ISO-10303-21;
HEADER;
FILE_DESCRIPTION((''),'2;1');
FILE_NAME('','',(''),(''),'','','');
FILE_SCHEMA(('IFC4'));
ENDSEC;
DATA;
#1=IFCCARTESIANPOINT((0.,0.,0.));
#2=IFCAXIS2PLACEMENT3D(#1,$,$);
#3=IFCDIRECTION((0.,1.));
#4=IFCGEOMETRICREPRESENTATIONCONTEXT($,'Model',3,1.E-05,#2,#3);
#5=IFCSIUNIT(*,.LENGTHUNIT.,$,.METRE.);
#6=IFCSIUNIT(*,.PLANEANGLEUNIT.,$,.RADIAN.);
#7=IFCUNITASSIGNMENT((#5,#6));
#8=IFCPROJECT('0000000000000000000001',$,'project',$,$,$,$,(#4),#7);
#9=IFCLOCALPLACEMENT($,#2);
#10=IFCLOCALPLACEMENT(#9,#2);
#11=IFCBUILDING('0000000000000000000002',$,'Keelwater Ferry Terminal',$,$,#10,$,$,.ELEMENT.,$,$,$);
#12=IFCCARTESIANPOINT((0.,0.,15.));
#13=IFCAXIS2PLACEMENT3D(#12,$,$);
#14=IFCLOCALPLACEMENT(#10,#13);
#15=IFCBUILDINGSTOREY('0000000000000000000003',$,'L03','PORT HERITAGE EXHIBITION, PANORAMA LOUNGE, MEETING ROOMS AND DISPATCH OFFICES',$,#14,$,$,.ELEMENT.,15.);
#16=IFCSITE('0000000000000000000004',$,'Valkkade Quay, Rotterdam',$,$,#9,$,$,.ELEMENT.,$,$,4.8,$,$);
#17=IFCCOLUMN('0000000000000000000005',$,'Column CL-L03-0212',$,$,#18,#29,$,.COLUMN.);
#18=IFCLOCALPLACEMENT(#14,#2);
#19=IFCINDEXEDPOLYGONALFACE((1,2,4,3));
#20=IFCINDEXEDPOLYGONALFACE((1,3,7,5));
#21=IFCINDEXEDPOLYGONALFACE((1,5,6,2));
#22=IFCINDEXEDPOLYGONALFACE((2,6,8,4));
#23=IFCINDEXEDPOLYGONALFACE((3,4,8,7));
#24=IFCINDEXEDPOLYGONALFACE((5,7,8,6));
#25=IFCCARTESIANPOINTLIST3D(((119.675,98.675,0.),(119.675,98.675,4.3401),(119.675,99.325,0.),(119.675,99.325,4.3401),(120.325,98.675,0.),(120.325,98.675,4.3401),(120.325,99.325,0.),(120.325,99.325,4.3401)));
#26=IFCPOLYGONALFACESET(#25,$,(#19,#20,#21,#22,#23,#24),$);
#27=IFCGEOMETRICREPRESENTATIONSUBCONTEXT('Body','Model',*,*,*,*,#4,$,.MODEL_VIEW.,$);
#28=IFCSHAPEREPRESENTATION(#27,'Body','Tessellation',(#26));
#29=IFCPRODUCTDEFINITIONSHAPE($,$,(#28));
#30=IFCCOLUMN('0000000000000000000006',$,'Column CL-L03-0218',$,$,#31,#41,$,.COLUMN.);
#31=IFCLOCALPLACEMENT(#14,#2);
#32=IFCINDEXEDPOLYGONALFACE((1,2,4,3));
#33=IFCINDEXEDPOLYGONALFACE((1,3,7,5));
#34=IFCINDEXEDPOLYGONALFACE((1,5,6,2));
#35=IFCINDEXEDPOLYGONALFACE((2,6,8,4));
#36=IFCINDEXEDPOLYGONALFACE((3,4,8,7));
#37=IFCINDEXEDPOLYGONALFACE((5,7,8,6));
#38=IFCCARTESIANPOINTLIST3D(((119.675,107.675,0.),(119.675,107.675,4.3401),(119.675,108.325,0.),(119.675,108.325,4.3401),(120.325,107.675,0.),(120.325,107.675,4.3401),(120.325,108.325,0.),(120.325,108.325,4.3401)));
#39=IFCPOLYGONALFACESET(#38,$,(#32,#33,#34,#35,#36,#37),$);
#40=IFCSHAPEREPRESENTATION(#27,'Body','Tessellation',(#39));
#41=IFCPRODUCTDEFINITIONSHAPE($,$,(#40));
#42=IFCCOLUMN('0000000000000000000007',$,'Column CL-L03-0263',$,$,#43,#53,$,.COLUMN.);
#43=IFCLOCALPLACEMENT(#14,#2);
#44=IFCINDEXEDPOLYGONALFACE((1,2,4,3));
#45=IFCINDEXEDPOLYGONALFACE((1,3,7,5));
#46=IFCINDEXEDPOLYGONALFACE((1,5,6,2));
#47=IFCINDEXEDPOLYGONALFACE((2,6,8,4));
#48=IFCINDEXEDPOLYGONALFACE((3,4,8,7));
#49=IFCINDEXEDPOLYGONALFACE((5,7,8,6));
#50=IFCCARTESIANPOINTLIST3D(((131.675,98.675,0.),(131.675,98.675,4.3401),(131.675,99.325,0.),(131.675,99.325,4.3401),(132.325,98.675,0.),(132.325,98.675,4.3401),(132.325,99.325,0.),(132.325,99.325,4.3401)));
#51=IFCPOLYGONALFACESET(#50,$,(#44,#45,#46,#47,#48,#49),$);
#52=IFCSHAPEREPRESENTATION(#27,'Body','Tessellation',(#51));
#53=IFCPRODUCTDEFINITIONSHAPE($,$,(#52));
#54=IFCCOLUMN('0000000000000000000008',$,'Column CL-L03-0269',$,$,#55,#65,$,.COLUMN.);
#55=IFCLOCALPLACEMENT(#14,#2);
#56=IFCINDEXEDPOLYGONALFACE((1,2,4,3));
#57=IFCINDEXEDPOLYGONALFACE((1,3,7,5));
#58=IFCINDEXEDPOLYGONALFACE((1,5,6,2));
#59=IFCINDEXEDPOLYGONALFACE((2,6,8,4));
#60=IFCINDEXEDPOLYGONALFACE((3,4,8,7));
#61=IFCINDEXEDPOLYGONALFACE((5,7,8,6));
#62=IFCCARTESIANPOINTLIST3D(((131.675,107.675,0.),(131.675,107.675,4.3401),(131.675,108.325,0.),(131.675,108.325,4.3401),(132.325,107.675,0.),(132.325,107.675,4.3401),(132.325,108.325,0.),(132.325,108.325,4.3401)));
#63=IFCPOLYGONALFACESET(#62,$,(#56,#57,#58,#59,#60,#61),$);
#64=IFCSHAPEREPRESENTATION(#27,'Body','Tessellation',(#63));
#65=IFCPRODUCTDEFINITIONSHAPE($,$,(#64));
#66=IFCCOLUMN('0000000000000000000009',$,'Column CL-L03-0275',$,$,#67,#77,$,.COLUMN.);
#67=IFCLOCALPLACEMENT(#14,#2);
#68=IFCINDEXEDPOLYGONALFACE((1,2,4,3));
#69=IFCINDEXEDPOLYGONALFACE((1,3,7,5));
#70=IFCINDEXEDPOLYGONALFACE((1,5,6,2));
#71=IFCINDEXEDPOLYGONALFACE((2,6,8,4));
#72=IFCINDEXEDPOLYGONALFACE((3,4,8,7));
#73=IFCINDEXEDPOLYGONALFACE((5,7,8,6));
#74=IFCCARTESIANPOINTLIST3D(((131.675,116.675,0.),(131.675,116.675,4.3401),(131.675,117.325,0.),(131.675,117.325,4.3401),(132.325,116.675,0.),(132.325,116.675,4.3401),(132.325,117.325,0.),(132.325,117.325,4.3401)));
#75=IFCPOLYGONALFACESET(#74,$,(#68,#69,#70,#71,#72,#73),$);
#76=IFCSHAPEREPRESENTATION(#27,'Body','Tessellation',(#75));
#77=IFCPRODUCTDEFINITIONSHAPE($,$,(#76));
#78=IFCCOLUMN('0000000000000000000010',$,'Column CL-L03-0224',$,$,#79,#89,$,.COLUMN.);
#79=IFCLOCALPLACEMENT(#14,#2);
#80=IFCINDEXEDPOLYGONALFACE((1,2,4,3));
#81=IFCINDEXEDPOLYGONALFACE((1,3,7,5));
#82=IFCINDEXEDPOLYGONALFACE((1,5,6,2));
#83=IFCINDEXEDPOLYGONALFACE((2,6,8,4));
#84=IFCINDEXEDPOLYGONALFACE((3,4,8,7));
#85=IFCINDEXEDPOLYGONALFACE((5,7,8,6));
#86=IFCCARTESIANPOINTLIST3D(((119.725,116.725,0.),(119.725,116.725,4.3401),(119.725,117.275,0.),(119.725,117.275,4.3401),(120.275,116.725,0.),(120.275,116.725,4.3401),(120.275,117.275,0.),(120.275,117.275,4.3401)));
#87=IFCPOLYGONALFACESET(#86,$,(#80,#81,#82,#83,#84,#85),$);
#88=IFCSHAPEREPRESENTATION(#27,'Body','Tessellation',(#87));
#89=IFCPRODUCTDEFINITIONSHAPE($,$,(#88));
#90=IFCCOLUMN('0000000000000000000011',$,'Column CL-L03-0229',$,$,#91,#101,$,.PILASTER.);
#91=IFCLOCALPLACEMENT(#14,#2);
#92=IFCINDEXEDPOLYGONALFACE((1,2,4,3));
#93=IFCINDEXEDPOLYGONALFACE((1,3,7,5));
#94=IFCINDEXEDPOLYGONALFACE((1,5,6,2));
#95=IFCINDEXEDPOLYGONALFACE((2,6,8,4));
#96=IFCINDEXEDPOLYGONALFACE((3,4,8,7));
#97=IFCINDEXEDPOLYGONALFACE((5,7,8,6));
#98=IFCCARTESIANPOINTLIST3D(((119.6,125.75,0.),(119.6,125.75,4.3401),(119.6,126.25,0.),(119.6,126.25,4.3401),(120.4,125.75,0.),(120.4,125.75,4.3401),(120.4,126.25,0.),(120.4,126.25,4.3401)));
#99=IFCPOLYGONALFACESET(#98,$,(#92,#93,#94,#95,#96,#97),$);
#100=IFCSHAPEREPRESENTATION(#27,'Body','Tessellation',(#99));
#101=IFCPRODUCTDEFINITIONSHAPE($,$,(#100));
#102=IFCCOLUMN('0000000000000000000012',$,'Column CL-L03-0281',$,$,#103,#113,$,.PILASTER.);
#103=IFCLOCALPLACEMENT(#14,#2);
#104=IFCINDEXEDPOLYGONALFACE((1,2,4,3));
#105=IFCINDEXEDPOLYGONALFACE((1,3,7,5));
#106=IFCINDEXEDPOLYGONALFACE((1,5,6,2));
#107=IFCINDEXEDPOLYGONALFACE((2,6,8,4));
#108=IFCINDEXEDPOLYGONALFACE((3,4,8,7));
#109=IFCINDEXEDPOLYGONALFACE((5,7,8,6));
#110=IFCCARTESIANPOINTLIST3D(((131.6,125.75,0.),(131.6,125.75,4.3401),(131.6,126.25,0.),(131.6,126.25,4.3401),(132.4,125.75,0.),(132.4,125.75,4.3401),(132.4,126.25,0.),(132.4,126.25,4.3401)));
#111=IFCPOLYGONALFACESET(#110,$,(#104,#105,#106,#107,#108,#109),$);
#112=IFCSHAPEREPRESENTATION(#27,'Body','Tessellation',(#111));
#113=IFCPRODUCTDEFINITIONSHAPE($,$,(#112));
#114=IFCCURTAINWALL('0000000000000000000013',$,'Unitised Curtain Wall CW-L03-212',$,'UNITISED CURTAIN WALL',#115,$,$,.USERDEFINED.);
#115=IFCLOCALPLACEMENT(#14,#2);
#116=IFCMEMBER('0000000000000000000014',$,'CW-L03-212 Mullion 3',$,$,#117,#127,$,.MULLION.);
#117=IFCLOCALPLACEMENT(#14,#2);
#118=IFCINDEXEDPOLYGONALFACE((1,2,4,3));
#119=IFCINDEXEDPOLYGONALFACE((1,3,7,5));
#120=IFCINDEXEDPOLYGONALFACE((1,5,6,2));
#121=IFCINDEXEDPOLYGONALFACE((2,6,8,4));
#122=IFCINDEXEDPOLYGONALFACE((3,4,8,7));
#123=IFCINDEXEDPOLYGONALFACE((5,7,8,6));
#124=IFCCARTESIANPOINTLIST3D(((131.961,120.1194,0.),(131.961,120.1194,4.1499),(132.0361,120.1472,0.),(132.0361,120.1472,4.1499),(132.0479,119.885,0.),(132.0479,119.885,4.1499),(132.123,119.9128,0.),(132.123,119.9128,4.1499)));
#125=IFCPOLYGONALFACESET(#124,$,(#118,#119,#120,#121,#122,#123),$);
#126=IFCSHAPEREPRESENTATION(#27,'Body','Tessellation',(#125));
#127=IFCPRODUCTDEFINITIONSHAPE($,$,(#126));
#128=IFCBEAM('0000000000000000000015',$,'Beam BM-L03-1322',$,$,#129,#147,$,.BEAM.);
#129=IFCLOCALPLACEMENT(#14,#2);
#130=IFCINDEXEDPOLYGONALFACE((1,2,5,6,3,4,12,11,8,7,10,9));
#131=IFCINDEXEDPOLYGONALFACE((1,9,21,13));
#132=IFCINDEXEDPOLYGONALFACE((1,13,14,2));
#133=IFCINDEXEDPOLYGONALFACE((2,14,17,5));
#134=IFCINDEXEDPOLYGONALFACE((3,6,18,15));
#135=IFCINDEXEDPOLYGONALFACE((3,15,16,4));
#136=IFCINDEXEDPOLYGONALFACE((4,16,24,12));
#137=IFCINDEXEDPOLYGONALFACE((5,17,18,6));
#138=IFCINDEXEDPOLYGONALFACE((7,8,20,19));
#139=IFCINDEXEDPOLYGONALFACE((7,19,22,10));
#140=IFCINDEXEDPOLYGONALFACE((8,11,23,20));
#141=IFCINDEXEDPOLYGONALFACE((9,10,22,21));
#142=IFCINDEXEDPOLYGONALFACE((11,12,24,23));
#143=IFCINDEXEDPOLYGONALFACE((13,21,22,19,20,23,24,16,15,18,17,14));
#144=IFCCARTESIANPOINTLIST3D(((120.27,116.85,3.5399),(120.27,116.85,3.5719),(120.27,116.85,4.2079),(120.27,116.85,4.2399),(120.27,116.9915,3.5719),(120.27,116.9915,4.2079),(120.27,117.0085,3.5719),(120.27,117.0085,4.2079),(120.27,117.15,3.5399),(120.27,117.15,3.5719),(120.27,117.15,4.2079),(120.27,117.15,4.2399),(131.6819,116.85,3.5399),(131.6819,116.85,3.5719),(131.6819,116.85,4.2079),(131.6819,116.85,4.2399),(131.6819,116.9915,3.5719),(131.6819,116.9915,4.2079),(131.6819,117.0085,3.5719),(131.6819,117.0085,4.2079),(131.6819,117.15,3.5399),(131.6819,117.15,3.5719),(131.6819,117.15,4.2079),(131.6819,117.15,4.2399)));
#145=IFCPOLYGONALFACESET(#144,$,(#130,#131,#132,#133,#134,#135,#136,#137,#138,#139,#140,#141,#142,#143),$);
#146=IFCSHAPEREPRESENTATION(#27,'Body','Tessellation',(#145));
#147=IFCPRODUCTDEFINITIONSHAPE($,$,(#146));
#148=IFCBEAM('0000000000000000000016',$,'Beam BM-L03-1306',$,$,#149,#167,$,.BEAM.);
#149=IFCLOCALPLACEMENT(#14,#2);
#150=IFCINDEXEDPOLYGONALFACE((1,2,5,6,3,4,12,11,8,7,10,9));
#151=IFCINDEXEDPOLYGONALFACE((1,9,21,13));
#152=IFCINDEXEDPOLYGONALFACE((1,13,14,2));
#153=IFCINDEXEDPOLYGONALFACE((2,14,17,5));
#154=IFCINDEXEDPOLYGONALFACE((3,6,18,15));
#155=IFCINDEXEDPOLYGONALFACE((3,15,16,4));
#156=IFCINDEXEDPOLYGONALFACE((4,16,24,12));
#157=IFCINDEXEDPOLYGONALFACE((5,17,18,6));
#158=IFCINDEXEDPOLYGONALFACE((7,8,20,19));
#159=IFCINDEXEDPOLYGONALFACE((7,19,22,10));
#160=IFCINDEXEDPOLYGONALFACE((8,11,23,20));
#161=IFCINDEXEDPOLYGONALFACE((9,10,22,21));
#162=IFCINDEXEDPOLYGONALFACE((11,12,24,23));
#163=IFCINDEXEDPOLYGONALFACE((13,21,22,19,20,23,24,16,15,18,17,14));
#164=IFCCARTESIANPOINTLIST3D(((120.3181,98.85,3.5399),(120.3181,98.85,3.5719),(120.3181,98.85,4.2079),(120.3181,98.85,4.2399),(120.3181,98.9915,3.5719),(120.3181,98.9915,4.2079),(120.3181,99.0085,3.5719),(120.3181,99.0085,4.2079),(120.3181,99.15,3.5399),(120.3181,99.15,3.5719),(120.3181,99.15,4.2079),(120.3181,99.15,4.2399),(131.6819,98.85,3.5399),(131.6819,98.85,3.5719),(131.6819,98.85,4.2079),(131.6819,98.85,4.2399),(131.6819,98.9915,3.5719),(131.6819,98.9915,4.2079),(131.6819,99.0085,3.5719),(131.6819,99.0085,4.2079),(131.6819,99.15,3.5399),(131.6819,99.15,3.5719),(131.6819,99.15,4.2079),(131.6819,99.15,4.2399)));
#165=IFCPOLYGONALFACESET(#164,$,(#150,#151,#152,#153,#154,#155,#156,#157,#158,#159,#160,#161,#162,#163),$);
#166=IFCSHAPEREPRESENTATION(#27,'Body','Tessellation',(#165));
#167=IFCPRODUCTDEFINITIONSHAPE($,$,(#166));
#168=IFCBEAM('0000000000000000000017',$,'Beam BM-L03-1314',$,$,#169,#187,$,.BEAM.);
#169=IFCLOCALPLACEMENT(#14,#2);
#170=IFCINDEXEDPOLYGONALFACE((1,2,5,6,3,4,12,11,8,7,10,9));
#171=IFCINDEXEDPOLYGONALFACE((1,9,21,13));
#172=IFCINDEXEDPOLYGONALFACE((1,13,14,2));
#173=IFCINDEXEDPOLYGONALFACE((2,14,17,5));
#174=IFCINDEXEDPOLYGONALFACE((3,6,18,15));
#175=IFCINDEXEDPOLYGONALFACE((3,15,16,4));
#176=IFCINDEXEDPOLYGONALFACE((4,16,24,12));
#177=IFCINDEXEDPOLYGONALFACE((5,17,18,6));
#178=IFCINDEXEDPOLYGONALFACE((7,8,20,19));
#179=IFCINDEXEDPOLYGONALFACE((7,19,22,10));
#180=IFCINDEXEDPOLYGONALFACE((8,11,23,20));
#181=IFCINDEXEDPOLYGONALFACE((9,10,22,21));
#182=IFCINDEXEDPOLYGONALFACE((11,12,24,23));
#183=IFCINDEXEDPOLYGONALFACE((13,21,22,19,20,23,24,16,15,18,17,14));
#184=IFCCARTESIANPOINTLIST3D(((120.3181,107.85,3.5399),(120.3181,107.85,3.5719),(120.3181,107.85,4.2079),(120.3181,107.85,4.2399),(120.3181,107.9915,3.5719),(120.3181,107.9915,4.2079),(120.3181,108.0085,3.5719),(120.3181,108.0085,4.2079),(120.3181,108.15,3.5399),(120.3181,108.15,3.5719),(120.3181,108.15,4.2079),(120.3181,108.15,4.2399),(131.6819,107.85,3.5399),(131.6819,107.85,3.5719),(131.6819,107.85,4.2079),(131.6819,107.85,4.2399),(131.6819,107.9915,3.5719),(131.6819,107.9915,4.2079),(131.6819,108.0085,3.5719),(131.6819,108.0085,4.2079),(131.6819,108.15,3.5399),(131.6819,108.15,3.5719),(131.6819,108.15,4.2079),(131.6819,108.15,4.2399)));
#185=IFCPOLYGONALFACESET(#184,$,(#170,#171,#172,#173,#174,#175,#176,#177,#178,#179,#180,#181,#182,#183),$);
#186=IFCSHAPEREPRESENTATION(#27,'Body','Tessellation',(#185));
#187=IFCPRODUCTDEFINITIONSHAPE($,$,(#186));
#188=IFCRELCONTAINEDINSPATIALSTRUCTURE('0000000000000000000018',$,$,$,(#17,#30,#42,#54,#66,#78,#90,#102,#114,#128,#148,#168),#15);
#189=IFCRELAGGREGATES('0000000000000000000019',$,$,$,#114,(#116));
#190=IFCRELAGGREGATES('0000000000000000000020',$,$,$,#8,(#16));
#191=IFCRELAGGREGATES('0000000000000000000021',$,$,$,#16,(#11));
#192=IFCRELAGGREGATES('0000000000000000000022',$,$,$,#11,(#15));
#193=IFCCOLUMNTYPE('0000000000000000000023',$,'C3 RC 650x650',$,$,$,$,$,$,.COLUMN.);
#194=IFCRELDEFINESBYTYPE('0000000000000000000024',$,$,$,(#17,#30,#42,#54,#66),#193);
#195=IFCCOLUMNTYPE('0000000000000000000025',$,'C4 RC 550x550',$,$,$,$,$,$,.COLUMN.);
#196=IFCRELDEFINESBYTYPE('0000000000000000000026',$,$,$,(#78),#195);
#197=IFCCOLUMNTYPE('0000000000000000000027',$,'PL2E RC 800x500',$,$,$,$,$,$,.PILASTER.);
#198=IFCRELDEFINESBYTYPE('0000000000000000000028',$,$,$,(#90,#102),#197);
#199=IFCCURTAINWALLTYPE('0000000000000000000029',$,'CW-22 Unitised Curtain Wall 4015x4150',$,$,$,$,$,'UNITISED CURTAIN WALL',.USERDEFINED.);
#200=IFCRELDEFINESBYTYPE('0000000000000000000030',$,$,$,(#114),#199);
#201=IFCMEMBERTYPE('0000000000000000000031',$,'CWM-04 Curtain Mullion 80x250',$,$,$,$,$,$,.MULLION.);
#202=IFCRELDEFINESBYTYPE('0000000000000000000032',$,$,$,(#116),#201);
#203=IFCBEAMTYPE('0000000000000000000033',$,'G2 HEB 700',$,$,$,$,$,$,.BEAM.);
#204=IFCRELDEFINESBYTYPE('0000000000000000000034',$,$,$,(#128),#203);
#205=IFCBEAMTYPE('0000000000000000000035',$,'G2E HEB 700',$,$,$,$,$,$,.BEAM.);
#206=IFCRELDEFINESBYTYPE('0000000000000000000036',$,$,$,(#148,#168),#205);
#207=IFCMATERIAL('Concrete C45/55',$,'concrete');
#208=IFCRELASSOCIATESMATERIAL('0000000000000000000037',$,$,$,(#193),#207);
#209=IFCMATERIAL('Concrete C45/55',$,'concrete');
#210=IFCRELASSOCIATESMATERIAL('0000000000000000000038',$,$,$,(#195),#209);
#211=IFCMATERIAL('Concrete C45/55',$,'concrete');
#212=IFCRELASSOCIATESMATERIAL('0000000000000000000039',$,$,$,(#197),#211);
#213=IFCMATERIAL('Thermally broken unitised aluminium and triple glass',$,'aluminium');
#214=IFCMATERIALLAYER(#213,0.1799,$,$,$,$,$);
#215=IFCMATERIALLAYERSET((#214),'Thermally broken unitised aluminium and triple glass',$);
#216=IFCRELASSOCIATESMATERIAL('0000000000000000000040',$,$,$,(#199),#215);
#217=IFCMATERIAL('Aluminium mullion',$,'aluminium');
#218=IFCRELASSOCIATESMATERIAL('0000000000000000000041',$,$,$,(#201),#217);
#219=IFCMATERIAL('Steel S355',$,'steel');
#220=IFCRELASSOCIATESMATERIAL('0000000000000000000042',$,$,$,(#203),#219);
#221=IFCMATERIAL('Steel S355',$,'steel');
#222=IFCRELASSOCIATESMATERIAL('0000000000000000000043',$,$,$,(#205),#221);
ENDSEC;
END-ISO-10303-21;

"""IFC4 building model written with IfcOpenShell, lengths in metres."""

from ifc_helpers import new_model, si_unit, direction, frame, origin, origin_2d, place, context, subcontext, project, spatial, rectangle, i_section, extrude, material, layer, layer_set, material_profile, profile_set, type_object, element, aggregate, save


model = new_model("IFC4")

# Units and contexts
model_context = context("Model", 3, precision=1e-05, world=origin(), true_north=direction((0.0, 1.0)))
body_context = subcontext(model_context, "Body", "Model", "MODEL_VIEW")
ifc_project = project(units=[si_unit("LENGTHUNIT", "METRE"), si_unit("PLANEANGLEUNIT", "RADIAN")], contexts=[model_context])

# Site, building, storey
site_placement = place(None, origin())
site = spatial("IfcSite", under=ifc_project, at=site_placement, Name="Valkkade Quay, Rotterdam", CompositionType="ELEMENT", RefElevation=4.8)
building_placement = place(site_placement, origin())
building = spatial("IfcBuilding", under=site, at=building_placement, Name="Keelwater Ferry Terminal", CompositionType="ELEMENT")
storey_placement = place(building_placement, frame((0.0, 0.0, 15.0)))
storey = spatial("IfcBuildingStorey", under=building, at=storey_placement, Name="L03", Description="PORT HERITAGE EXHIBITION, PANORAMA LOUNGE, MEETING ROOMS AND DISPATCH OFFICES", CompositionType="ELEMENT", Elevation=15.0)

# Columns
ifc_material_1 = material(Name="Concrete C45/55", Category="concrete")
ifc_material_profile_1 = material_profile(ifc_material_1, rectangle(XDim=0.6499, YDim=0.6499, at=origin_2d()), Name="RC 650x650")
ifc_profile_set_1 = profile_set([ifc_material_profile_1], Name="Concrete C45/55")
column_type_1 = type_object("IfcColumnType", Name="C3 RC 650x650", PredefinedType="COLUMN", material=ifc_profile_set_1)
for number, where, z_axis, x_axis, name in (
    (1, (120.0, 99.0, 0.0), (0.0, 0.0, 1.0), (1.0, 0.0, 0.0), "Column CL-L03-0212"),
    (2, (120.0, 108.0, 0.0), (0.0, 0.0, 1.0), (1.0, 0.0, 0.0), "Column CL-L03-0218"),
    (3, (132.0, 99.0, 0.0), (0.0, 0.0, 1.0), (1.0, 0.0, 0.0), "Column CL-L03-0263"),
    (4, (132.0, 108.0, 0.0), (0.0, 0.0, 1.0), (1.0, 0.0, 0.0), "Column CL-L03-0269"),
    (5, (132.0, 117.0, 0.0), (0.0, 0.0, 1.0), (1.0, 0.0, 0.0), "Column CL-L03-0275"),
):
    element("IfcColumn", number, at=place(storey_placement, frame(where, z_axis=z_axis, x_axis=x_axis)), inside=storey, type_object=column_type_1, Name=name, PredefinedType="COLUMN", context=body_context, shape_type="SweptSolid", body=[
        extrude(rectangle(XDim=0.6499, YDim=0.6499, at=origin_2d()), origin(), (0.0, 0.0, 1.0), 4.3401),
    ])
ifc_material_2 = material(Name="Concrete C45/55", Category="concrete")
ifc_material_profile_2 = material_profile(ifc_material_2, rectangle(XDim=0.55, YDim=0.55, at=origin_2d()), Name="RC 550x550")
ifc_profile_set_2 = profile_set([ifc_material_profile_2], Name="Concrete C45/55")
column_type_2 = type_object("IfcColumnType", Name="C4 RC 550x550", PredefinedType="COLUMN", material=ifc_profile_set_2)
column_placement = place(storey_placement, frame((120.0, 117.0, 0.0), z_axis=(0.0, 0.0, 1.0), x_axis=(1.0, 0.0, 0.0)))
element("IfcColumn", 6, at=column_placement, inside=storey, type_object=column_type_2, Name="Column CL-L03-0224", PredefinedType="COLUMN", context=body_context, shape_type="SweptSolid", body=[
    extrude(rectangle(XDim=0.55, YDim=0.55, at=origin_2d()), origin(), (0.0, 0.0, 1.0), 4.3401),
])
ifc_material_3 = material(Name="Concrete C45/55", Category="concrete")
ifc_material_profile_3 = material_profile(ifc_material_3, rectangle(XDim=0.5, YDim=0.8, at=origin_2d()), Name="RC 800x500")
ifc_profile_set_3 = profile_set([ifc_material_profile_3], Name="Concrete C45/55")
column_type_3 = type_object("IfcColumnType", Name="PL2E RC 800x500", PredefinedType="PILASTER", material=ifc_profile_set_3)
for number, where, z_axis, x_axis, name in (
    (7, (120.0, 126.0, 0.0), (0.0, 0.0, 1.0), (0.0, 1.0, 0.0), "Column CL-L03-0229"),
    (8, (132.0, 126.0, 0.0), (0.0, 0.0, 1.0), (0.0, 1.0, 0.0), "Column CL-L03-0281"),
):
    element("IfcColumn", number, at=place(storey_placement, frame(where, z_axis=z_axis, x_axis=x_axis)), inside=storey, type_object=column_type_3, Name=name, PredefinedType="PILASTER", context=body_context, shape_type="SweptSolid", body=[
        extrude(rectangle(XDim=0.5, YDim=0.8, at=origin_2d()), origin(), (0.0, 0.0, 1.0), 4.3401),
    ])

# Curtain wall, member
ifc_material_4 = material(Name="Thermally broken unitised aluminium and triple glass", Category="aluminium")
ifc_layer_1 = layer(ifc_material_4, 0.1799)
ifc_layer_set_1 = layer_set([ifc_layer_1], Name="Thermally broken unitised aluminium and triple glass")
curtain_wall_type = type_object("IfcCurtainWallType", Name="CW-22 Unitised Curtain Wall 4015x4150", ElementType="UNITISED CURTAIN WALL", PredefinedType="USERDEFINED", material=ifc_layer_set_1)
curtain_wall_placement = place(storey_placement, origin())
curtain_wall = element("IfcCurtainWall", 9, at=curtain_wall_placement, inside=storey, type_object=curtain_wall_type, Name="Unitised Curtain Wall CW-L03-212", ObjectType="UNITISED CURTAIN WALL", PredefinedType="USERDEFINED")
ifc_material_5 = material(Name="Aluminium mullion", Category="aluminium")
ifc_material_profile_4 = material_profile(ifc_material_5, rectangle(XDim=0.0801, YDim=0.25, at=origin_2d()), Name="CWM-04")
ifc_profile_set_4 = profile_set([ifc_material_profile_4], Name="Aluminium mullion")
member_type = type_object("IfcMemberType", Name="CWM-04 Curtain Mullion 80x250", PredefinedType="MULLION", material=ifc_profile_set_4)
member_placement = place(storey_placement, frame((132.042, 120.0161, 0.0), z_axis=(0.0, 0.0, 1.0), x_axis=(-0.937592, -0.347736, 0.0)))
member = element("IfcMember", 10, at=member_placement, type_object=member_type, Name="CW-L03-212 Mullion 3", PredefinedType="MULLION", context=body_context, shape_type="SweptSolid", body=[
    extrude(rectangle(XDim=0.0801, YDim=0.25, at=origin_2d()), origin(), (0.0, 0.0, 1.0), 4.1499),
])
aggregate(curtain_wall, [member])

# Beams
ifc_material_6 = material(Name="Steel S355", Category="steel")
ifc_material_profile_5 = material_profile(ifc_material_6, i_section(OverallWidth=0.3, OverallDepth=0.7, WebThickness=0.0171, FlangeThickness=0.032, at=origin_2d()), Name="HEB 700")
ifc_profile_set_5 = profile_set([ifc_material_profile_5], Name="Steel S355")
beam_type_1 = type_object("IfcBeamType", Name="G2 HEB 700", PredefinedType="BEAM", material=ifc_profile_set_5)
beam_1_placement = place(storey_placement, frame((120.27, 117.0, 3.8899), z_axis=(1.0, 0.0, 0.0), x_axis=(0.0, 1.0, 0.0)))
element("IfcBeam", 11, at=beam_1_placement, inside=storey, type_object=beam_type_1, Name="Beam BM-L03-1322", PredefinedType="BEAM", context=body_context, shape_type="SweptSolid", body=[
    extrude(i_section(OverallWidth=0.3, OverallDepth=0.7, WebThickness=0.0171, FlangeThickness=0.032, at=origin_2d()), origin(), (0.0, 0.0, 1.0), 11.4119),
])
ifc_material_7 = material(Name="Steel S355", Category="steel")
ifc_material_profile_6 = material_profile(ifc_material_7, i_section(OverallWidth=0.3, OverallDepth=0.7, WebThickness=0.0171, FlangeThickness=0.032, at=origin_2d()), Name="HEB 700")
ifc_profile_set_6 = profile_set([ifc_material_profile_6], Name="Steel S355")
beam_type_2 = type_object("IfcBeamType", Name="G2E HEB 700", PredefinedType="BEAM", material=ifc_profile_set_6)
for number, where, z_axis, x_axis, name in (
    (12, (120.3181, 99.0, 3.8899), (1.0, 0.0, 0.0), (0.0, 1.0, 0.0), "Beam BM-L03-1306"),
    (13, (120.3181, 108.0, 3.8899), (1.0, 0.0, 0.0), (0.0, 1.0, 0.0), "Beam BM-L03-1314"),
):
    element("IfcBeam", number, at=place(storey_placement, frame(where, z_axis=z_axis, x_axis=x_axis)), inside=storey, type_object=beam_type_2, Name=name, PredefinedType="BEAM", context=body_context, shape_type="SweptSolid", body=[
        extrude(i_section(OverallWidth=0.3, OverallDepth=0.7, WebThickness=0.0171, FlangeThickness=0.032, at=origin_2d()), origin(), (0.0, 0.0, 1.0), 11.3638),
    ])

save(model, "model.ifc")
